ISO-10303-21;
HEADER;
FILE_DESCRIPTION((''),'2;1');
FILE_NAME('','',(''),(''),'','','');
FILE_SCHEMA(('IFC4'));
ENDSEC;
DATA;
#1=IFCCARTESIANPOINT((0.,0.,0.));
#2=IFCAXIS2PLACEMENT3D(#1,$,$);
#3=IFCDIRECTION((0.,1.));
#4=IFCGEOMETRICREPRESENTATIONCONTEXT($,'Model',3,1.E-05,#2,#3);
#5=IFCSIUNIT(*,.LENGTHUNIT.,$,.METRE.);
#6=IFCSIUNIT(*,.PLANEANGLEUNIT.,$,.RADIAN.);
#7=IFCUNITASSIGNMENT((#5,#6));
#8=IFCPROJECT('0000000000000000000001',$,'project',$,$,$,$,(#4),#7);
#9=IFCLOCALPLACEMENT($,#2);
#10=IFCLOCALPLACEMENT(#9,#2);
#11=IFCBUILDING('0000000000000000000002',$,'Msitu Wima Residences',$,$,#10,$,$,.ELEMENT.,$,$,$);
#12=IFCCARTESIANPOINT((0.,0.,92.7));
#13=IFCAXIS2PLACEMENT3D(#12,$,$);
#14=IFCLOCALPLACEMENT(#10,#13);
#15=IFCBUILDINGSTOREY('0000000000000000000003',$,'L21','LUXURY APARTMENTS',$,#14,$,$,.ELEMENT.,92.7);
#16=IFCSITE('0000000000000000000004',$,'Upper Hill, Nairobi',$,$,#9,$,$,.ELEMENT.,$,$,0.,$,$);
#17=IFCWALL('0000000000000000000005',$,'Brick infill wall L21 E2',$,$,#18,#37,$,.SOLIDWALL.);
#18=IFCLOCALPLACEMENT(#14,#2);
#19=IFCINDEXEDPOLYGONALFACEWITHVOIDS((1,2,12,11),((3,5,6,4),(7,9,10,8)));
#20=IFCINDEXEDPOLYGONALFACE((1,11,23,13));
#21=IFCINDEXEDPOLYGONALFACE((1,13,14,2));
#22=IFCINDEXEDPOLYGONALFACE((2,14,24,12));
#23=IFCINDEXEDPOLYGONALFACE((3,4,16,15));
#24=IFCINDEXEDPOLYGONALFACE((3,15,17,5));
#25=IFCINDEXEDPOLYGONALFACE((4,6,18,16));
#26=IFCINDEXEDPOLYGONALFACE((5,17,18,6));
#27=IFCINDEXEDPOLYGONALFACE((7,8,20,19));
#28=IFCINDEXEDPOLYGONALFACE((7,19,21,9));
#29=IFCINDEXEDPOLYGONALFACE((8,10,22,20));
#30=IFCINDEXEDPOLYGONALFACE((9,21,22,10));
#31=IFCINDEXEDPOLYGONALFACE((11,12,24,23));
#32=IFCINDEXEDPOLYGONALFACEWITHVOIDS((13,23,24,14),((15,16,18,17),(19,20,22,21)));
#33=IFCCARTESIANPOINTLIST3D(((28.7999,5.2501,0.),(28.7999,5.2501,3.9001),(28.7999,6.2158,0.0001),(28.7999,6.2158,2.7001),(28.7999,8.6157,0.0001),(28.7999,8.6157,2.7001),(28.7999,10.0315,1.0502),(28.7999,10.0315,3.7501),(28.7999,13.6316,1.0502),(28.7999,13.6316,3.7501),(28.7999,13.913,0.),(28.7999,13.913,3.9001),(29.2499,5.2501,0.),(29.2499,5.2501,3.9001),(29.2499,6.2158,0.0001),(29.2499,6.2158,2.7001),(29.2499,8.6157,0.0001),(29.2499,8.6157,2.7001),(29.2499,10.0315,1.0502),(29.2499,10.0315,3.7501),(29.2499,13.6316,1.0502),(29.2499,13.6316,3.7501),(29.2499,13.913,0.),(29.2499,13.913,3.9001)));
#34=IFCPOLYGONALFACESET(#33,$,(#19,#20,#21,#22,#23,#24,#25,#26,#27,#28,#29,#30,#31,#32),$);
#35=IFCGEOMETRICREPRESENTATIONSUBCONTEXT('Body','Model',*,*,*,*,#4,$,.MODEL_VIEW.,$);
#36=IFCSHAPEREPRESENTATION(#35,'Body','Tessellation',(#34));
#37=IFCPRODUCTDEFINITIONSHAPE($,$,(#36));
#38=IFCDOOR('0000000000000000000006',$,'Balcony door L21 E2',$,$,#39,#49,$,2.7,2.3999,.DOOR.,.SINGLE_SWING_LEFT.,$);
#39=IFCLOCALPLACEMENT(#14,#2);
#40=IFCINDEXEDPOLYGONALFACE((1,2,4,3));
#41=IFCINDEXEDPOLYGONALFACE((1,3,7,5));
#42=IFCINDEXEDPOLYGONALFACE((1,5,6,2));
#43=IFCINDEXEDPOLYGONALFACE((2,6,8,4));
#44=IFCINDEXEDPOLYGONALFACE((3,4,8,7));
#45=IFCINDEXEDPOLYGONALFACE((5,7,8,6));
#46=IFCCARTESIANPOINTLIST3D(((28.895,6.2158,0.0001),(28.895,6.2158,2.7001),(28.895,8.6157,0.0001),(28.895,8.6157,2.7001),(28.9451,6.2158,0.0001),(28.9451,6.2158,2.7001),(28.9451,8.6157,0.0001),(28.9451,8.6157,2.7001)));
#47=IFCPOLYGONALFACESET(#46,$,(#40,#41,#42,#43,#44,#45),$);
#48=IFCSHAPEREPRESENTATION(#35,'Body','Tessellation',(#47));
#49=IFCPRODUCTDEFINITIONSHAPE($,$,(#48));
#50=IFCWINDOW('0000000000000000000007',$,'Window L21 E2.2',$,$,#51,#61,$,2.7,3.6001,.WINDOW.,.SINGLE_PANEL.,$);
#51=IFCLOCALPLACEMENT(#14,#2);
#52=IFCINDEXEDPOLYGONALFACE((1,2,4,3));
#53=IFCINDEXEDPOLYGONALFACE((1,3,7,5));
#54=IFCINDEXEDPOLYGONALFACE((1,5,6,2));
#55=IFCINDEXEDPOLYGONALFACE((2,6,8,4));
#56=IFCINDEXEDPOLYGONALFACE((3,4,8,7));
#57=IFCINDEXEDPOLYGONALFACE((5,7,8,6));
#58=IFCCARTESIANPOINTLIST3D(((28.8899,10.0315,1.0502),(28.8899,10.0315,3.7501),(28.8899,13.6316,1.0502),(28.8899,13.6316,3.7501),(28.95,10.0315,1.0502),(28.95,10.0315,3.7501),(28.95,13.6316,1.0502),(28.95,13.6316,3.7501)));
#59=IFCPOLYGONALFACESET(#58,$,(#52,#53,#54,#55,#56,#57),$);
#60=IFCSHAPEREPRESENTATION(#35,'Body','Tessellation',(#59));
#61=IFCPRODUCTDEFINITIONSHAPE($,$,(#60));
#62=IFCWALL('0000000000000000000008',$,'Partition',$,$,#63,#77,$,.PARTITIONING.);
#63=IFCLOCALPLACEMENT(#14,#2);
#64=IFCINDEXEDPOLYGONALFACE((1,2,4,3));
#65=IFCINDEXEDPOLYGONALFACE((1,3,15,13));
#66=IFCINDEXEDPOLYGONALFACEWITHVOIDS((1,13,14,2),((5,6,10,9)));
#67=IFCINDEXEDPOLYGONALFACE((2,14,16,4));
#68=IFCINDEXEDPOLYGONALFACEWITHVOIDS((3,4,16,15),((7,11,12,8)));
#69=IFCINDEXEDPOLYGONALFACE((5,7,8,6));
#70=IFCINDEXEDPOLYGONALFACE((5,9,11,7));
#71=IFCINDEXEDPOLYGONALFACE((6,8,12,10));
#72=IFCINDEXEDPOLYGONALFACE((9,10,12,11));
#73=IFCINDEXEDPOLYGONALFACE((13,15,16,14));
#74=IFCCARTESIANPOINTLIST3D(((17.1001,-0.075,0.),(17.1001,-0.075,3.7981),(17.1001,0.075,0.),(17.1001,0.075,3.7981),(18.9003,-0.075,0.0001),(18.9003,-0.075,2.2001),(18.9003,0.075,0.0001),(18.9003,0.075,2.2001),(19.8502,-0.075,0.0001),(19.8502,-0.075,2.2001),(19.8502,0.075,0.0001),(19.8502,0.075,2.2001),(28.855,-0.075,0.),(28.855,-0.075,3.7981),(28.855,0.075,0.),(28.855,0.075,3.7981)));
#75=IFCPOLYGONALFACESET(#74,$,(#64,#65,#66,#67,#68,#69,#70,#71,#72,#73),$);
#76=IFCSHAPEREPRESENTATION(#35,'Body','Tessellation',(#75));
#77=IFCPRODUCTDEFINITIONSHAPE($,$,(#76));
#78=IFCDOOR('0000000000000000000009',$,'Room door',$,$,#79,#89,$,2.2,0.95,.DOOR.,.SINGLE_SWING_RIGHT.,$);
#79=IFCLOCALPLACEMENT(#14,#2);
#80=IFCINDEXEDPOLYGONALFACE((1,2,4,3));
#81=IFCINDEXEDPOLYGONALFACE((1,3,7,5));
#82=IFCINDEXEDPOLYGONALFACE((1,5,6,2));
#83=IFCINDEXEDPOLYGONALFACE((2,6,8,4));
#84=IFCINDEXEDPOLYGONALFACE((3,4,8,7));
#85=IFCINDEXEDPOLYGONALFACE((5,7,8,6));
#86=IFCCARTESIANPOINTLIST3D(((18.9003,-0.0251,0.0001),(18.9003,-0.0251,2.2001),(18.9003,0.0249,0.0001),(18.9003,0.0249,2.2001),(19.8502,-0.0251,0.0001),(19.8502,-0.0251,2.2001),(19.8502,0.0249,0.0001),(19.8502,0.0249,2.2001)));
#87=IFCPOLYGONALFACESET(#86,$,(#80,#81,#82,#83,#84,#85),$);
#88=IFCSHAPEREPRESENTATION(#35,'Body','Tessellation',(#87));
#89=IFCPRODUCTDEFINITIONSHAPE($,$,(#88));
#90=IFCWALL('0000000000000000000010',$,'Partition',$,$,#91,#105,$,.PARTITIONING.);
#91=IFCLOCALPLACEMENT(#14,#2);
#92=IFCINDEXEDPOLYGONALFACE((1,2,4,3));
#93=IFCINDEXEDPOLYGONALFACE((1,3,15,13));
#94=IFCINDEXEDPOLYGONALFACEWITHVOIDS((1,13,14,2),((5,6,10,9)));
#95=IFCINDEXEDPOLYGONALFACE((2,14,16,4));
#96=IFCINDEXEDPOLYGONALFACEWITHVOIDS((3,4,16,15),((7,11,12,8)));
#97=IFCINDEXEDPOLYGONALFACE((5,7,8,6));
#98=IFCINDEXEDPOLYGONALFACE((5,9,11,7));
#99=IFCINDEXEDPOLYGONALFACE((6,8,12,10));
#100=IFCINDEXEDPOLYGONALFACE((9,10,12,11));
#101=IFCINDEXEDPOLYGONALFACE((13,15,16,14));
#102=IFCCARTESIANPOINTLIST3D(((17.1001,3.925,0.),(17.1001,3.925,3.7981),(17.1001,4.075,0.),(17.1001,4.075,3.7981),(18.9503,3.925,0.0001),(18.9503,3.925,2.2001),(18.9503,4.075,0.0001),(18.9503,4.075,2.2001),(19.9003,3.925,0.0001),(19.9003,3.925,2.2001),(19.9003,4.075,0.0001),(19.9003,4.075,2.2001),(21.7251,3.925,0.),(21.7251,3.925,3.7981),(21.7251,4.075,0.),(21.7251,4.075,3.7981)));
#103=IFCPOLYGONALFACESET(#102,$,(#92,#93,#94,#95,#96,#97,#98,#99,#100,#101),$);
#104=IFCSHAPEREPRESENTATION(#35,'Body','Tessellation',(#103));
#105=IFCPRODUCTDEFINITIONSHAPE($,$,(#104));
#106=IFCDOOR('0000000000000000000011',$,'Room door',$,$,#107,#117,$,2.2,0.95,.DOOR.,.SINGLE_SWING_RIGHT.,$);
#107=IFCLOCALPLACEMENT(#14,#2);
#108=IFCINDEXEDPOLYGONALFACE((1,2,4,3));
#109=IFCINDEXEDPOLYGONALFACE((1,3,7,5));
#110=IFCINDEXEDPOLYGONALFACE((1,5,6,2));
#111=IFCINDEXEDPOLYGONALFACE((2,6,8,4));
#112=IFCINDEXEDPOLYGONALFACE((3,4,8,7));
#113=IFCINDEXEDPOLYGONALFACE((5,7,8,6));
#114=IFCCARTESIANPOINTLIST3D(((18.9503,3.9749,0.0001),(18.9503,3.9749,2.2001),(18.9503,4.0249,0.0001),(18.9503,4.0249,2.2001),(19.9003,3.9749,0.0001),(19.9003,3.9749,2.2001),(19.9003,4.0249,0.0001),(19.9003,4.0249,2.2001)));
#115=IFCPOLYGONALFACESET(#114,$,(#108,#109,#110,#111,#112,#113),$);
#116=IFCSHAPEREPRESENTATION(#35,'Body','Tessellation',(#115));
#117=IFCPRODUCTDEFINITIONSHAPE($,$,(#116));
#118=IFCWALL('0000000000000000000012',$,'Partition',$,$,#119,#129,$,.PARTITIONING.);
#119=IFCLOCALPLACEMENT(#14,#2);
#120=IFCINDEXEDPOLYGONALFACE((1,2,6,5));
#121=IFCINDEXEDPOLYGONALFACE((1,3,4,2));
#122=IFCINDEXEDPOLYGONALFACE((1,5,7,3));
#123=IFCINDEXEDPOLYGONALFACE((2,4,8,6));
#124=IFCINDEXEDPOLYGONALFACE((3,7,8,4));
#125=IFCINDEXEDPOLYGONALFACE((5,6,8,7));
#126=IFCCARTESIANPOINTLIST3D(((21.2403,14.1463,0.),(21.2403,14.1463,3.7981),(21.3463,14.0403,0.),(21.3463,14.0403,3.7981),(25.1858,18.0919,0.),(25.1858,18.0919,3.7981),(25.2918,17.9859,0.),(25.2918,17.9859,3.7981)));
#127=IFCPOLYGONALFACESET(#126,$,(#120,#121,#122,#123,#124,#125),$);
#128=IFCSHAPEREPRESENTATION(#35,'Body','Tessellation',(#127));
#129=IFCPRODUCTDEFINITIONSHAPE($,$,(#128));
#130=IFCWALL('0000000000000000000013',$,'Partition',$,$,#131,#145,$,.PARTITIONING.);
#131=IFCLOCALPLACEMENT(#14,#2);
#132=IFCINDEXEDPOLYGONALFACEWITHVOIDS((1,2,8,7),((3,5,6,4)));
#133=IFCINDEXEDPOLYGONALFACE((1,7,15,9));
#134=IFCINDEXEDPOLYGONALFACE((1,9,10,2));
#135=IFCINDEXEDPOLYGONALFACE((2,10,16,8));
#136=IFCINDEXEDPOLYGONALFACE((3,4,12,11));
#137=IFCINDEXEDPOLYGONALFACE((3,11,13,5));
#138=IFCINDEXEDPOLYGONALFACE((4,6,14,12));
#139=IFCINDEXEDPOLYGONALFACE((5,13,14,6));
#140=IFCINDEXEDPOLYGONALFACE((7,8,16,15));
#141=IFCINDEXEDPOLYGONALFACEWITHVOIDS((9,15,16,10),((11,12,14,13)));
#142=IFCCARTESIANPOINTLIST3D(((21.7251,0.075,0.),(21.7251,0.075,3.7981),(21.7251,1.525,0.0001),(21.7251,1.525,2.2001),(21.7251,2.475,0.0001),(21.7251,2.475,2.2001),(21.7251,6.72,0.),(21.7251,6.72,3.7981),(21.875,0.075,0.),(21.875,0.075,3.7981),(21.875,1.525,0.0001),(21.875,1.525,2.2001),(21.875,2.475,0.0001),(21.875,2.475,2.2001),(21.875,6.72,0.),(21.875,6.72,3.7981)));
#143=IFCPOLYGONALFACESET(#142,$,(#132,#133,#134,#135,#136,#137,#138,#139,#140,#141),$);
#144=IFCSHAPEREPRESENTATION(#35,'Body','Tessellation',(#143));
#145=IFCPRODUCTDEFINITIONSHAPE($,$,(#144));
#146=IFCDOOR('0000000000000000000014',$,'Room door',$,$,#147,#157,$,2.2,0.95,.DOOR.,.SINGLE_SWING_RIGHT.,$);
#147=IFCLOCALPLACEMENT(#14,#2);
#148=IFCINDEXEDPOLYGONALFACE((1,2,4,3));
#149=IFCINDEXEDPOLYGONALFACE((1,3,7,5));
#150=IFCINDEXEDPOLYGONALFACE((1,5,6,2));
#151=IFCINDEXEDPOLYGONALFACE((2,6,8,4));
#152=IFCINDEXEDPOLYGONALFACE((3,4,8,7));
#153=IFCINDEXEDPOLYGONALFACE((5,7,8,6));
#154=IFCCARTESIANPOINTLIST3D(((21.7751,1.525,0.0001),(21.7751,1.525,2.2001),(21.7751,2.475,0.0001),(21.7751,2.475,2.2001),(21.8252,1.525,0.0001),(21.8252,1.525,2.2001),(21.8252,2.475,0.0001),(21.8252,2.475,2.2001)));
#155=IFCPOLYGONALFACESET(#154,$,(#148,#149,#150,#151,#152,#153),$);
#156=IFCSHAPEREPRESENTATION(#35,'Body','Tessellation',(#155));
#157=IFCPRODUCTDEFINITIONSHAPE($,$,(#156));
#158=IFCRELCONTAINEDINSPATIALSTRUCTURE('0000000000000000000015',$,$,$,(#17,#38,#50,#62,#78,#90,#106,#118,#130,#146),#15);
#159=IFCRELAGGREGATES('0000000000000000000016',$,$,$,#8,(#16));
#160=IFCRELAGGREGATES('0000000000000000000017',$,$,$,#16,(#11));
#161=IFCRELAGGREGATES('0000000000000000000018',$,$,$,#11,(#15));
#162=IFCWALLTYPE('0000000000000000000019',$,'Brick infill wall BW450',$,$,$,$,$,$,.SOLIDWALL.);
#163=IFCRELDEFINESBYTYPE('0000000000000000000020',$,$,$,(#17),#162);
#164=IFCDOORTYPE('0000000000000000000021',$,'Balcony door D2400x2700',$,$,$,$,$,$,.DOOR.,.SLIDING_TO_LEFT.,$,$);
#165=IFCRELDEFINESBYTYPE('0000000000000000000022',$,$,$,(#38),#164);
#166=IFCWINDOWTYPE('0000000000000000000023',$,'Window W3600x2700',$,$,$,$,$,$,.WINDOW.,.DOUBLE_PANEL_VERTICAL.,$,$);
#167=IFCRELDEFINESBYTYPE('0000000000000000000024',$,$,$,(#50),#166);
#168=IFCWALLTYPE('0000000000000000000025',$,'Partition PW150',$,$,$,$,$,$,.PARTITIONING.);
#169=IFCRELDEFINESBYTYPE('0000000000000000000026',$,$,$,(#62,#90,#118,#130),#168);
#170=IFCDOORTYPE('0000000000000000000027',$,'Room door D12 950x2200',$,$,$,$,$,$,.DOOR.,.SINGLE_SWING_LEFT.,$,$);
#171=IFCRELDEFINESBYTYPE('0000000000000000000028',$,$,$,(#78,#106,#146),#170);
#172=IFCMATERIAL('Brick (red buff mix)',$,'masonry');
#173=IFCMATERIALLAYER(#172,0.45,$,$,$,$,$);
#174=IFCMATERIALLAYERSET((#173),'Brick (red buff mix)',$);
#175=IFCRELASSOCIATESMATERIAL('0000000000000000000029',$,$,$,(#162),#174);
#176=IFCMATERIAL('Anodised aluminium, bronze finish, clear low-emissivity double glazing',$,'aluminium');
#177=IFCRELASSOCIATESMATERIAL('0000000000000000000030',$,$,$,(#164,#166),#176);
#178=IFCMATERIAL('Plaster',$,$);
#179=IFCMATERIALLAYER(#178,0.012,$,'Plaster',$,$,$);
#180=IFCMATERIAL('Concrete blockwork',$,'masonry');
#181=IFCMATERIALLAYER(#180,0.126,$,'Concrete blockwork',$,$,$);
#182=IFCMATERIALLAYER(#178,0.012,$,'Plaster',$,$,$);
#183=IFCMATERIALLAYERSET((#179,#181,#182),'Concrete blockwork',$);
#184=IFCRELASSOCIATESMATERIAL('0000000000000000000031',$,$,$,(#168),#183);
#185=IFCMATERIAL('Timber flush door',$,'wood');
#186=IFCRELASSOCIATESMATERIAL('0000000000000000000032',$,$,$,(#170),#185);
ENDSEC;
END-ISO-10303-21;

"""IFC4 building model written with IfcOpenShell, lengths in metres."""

from ifc_helpers import new_model, si_unit, direction, frame, frame_2d, origin, place, context, subcontext, project, spatial, rectangle, extrude, material, layer, layer_set, type_object, element, fill, save


model = new_model("IFC4")

# Units and contexts
model_context = context("Model", 3, precision=1e-05, world=origin(), true_north=direction((0.0, 1.0)))
body_context = subcontext(model_context, "Body", "Model", "MODEL_VIEW")
ifc_project = project(units=[si_unit("LENGTHUNIT", "METRE"), si_unit("PLANEANGLEUNIT", "RADIAN")], contexts=[model_context])

# Site, building, storey
site_placement = place(None, origin())
site = spatial("IfcSite", under=ifc_project, at=site_placement, Name="Upper Hill, Nairobi", CompositionType="ELEMENT", RefElevation=0.0)
building_placement = place(site_placement, origin())
building = spatial("IfcBuilding", under=site, at=building_placement, Name="Msitu Wima Residences", CompositionType="ELEMENT")
storey_placement = place(building_placement, frame((0.0, 0.0, 92.7)))
storey = spatial("IfcBuildingStorey", under=building, at=storey_placement, Name="L21", Description="LUXURY APARTMENTS", CompositionType="ELEMENT", Elevation=92.7)

# Wall, openings, door, window
ifc_material_1 = material(Name="Brick (red buff mix)", Category="masonry")
ifc_layer_1 = layer(ifc_material_1, 0.45)
ifc_layer_set_1 = layer_set([ifc_layer_1], Name="Brick (red buff mix)")
wall_type_1 = type_object("IfcWallType", Name="Brick infill wall BW450", PredefinedType="SOLIDWALL", material=ifc_layer_set_1)
wall_1_placement = place(storey_placement, frame((29.0249, 5.25, 0.0), z_axis=(0.0, 0.0, 1.0), x_axis=(0.0, 1.0, 0.0)))
wall_1 = element("IfcWall", 1, at=wall_1_placement, inside=storey, type_object=wall_type_1, Name="Brick infill wall L21 E2", PredefinedType="SOLIDWALL", context=body_context, shape_type="SweptSolid", body=[
    extrude(rectangle(XDim=8.6628, YDim=0.45, at=frame_2d((4.3315, 0.0))), origin(), (0.0, 0.0, 1.0), 3.9001),
])
opening_1_placement = place(wall_1_placement, frame((0.9658, 0.0, 0.0)))
opening_1 = element("IfcOpeningElement", 2, at=opening_1_placement, cuts=wall_1, PredefinedType="OPENING", context=body_context, shape_type="SweptSolid", body=[
    extrude(rectangle(XDim=2.3999, YDim=2.7, at=frame_2d((1.2, 1.3501))), frame((0.0, 0.2349, 0.0), z_axis=(0.0, -1.0, 0.0), x_axis=(1.0, 0.0, 0.0)), (0.0, 0.0, 1.0), 0.47),
])
opening_2_placement = place(wall_1_placement, frame((4.7815, 0.0, 1.05)))
opening_2 = element("IfcOpeningElement", 3, at=opening_2_placement, cuts=wall_1, PredefinedType="OPENING", context=body_context, shape_type="SweptSolid", body=[
    extrude(rectangle(XDim=3.6001, YDim=2.7, at=frame_2d((1.8, 1.3501))), frame((0.0, 0.2349, 0.0), z_axis=(0.0, -1.0, 0.0), x_axis=(1.0, 0.0, 0.0)), (0.0, 0.0, 1.0), 0.47),
])
ifc_material_2 = material(Name="Anodised aluminium, bronze finish, clear low-emissivity double glazing", Category="aluminium")
door_type_1 = type_object("IfcDoorType", Name="Balcony door D2400x2700", OperationType="SLIDING_TO_LEFT", PredefinedType="DOOR", material=ifc_material_2)
door_1_placement = place(opening_1_placement, origin())
door_1 = element("IfcDoor", 4, at=door_1_placement, inside=storey, type_object=door_type_1, Name="Balcony door L21 E2", OperationType="SINGLE_SWING_LEFT", OverallHeight=2.7, OverallWidth=2.3999, PredefinedType="DOOR", context=body_context, shape_type="SweptSolid", body=[
    extrude(rectangle(XDim=2.3999, YDim=2.7, at=frame_2d((1.2, 1.3501))), frame((0.0, 0.1299, 0.0), z_axis=(0.0, -1.0, 0.0), x_axis=(1.0, 0.0, 0.0)), (0.0, 0.0, 1.0), 0.05),
])
fill(opening_1, door_1)
window_type = type_object("IfcWindowType", Name="Window W3600x2700", PartitioningType="DOUBLE_PANEL_VERTICAL", PredefinedType="WINDOW", material=ifc_material_2)
window_placement = place(opening_2_placement, origin())
window = element("IfcWindow", 5, at=window_placement, inside=storey, type_object=window_type, Name="Window L21 E2.2", OverallHeight=2.7, OverallWidth=3.6001, PartitioningType="SINGLE_PANEL", PredefinedType="WINDOW", context=body_context, shape_type="SweptSolid", body=[
    extrude(rectangle(XDim=3.6001, YDim=2.7, at=frame_2d((1.8, 1.3501))), frame((0.0, 0.135, 0.0), z_axis=(0.0, -1.0, 0.0), x_axis=(1.0, 0.0, 0.0)), (0.0, 0.0, 1.0), 0.0601),
])
fill(opening_2, window)

# Walls, openings, doors
ifc_material_3 = material(Name="Plaster")
ifc_layer_2 = layer(ifc_material_3, 0.012, Name="Plaster")
ifc_material_4 = material(Name="Concrete blockwork", Category="masonry")
ifc_layer_3 = layer(ifc_material_4, 0.126, Name="Concrete blockwork")
ifc_layer_4 = layer(ifc_material_3, 0.012, Name="Plaster")
ifc_layer_set_2 = layer_set([ifc_layer_2, ifc_layer_3, ifc_layer_4], Name="Concrete blockwork")
wall_type_2 = type_object("IfcWallType", Name="Partition PW150", PredefinedType="PARTITIONING", material=ifc_layer_set_2)
wall_2_placement = place(storey_placement, frame((17.1001, 0.0, 0.0), z_axis=(0.0, 0.0, 1.0), x_axis=(1.0, 0.0, 0.0)))
wall_2 = element("IfcWall", 6, at=wall_2_placement, inside=storey, type_object=wall_type_2, Name="Partition", PredefinedType="PARTITIONING", context=body_context, shape_type="SweptSolid", body=[
    extrude(rectangle(XDim=11.7549, YDim=0.1499, at=frame_2d((5.8774, 0.0))), origin(), (0.0, 0.0, 1.0), 3.7981),
])
opening_3_placement = place(wall_2_placement, frame((1.8, 0.0, 0.0)))
opening_3 = element("IfcOpeningElement", 7, at=opening_3_placement, cuts=wall_2, PredefinedType="OPENING", context=body_context, shape_type="SweptSolid", body=[
    extrude(rectangle(XDim=0.95, YDim=2.2, at=frame_2d((0.4751, 1.1001))), frame((0.0, 0.085, 0.0), z_axis=(0.0, -1.0, 0.0), x_axis=(1.0, 0.0, 0.0)), (0.0, 0.0, 1.0), 0.1699),
])
ifc_material_5 = material(Name="Timber flush door", Category="wood")
door_type_2 = type_object("IfcDoorType", Name="Room door D12 950x2200", OperationType="SINGLE_SWING_LEFT", PredefinedType="DOOR", material=ifc_material_5)
door_2_placement = place(opening_3_placement, origin())
door_2 = element("IfcDoor", 8, at=door_2_placement, inside=storey, type_object=door_type_2, Name="Room door", OperationType="SINGLE_SWING_RIGHT", OverallHeight=2.2, OverallWidth=0.95, PredefinedType="DOOR", context=body_context, shape_type="SweptSolid", body=[
    extrude(rectangle(XDim=0.95, YDim=2.2, at=frame_2d((0.4751, 1.1001))), frame((0.0, 0.0249, 0.0), z_axis=(0.0, -1.0, 0.0), x_axis=(1.0, 0.0, 0.0)), (0.0, 0.0, 1.0), 0.05),
])
fill(opening_3, door_2)
wall_3_placement = place(storey_placement, frame((17.1001, 4.0, 0.0), z_axis=(0.0, 0.0, 1.0), x_axis=(1.0, 0.0, 0.0)))
wall_3 = element("IfcWall", 9, at=wall_3_placement, inside=storey, type_object=wall_type_2, Name="Partition", PredefinedType="PARTITIONING", context=body_context, shape_type="SweptSolid", body=[
    extrude(rectangle(XDim=4.625, YDim=0.1499, at=frame_2d((2.3125, 0.0))), origin(), (0.0, 0.0, 1.0), 3.7981),
])
opening_4_placement = place(wall_3_placement, frame((1.8501, 0.0, 0.0)))
opening_4 = element("IfcOpeningElement", 10, at=opening_4_placement, cuts=wall_3, PredefinedType="OPENING", context=body_context, shape_type="SweptSolid", body=[
    extrude(rectangle(XDim=0.95, YDim=2.2, at=frame_2d((0.4751, 1.1001))), frame((0.0, 0.085, 0.0), z_axis=(0.0, -1.0, 0.0), x_axis=(1.0, 0.0, 0.0)), (0.0, 0.0, 1.0), 0.1699),
])
door_3_placement = place(opening_4_placement, origin())
door_3 = element("IfcDoor", 11, at=door_3_placement, inside=storey, type_object=door_type_2, Name="Room door", OperationType="SINGLE_SWING_RIGHT", OverallHeight=2.2, OverallWidth=0.95, PredefinedType="DOOR", context=body_context, shape_type="SweptSolid", body=[
    extrude(rectangle(XDim=0.95, YDim=2.2, at=frame_2d((0.4751, 1.1001))), frame((0.0, 0.0249, 0.0), z_axis=(0.0, -1.0, 0.0), x_axis=(1.0, 0.0, 0.0)), (0.0, 0.0, 1.0), 0.05),
])
fill(opening_4, door_3)

# Wall
wall_4_placement = place(storey_placement, frame((21.2932, 14.0933, 0.0), z_axis=(0.0, 0.0, 1.0), x_axis=(0.707107, 0.707107, 0.0)))
element("IfcWall", 12, at=wall_4_placement, inside=storey, type_object=wall_type_2, Name="Partition", PredefinedType="PARTITIONING", context=body_context, shape_type="SweptSolid", body=[
    extrude(rectangle(XDim=5.5798, YDim=0.1499, at=frame_2d((2.79, 0.0))), origin(), (0.0, 0.0, 1.0), 3.7981),
])

# Wall, opening, door
wall_5_placement = place(storey_placement, frame((21.8, 0.075, 0.0), z_axis=(0.0, 0.0, 1.0), x_axis=(0.0, 1.0, 0.0)))
wall_5 = element("IfcWall", 13, at=wall_5_placement, inside=storey, type_object=wall_type_2, Name="Partition", PredefinedType="PARTITIONING", context=body_context, shape_type="SweptSolid", body=[
    extrude(rectangle(XDim=6.645, YDim=0.1499, at=frame_2d((3.3225, 0.0))), origin(), (0.0, 0.0, 1.0), 3.7981),
])
opening_5_placement = place(wall_5_placement, frame((1.45, 0.0, 0.0)))
opening_5 = element("IfcOpeningElement", 14, at=opening_5_placement, cuts=wall_5, PredefinedType="OPENING", context=body_context, shape_type="SweptSolid", body=[
    extrude(rectangle(XDim=0.95, YDim=2.2, at=frame_2d((0.4751, 1.1001))), frame((0.0, 0.085, 0.0), z_axis=(0.0, -1.0, 0.0), x_axis=(1.0, 0.0, 0.0)), (0.0, 0.0, 1.0), 0.1699),
])
door_4_placement = place(opening_5_placement, origin())
door_4 = element("IfcDoor", 15, at=door_4_placement, inside=storey, type_object=door_type_2, Name="Room door", OperationType="SINGLE_SWING_RIGHT", OverallHeight=2.2, OverallWidth=0.95, PredefinedType="DOOR", context=body_context, shape_type="SweptSolid", body=[
    extrude(rectangle(XDim=0.95, YDim=2.2, at=frame_2d((0.4751, 1.1001))), frame((0.0, 0.0249, 0.0), z_axis=(0.0, -1.0, 0.0), x_axis=(1.0, 0.0, 0.0)), (0.0, 0.0, 1.0), 0.05),
])
fill(opening_5, door_4)

save(model, "model.ifc")
